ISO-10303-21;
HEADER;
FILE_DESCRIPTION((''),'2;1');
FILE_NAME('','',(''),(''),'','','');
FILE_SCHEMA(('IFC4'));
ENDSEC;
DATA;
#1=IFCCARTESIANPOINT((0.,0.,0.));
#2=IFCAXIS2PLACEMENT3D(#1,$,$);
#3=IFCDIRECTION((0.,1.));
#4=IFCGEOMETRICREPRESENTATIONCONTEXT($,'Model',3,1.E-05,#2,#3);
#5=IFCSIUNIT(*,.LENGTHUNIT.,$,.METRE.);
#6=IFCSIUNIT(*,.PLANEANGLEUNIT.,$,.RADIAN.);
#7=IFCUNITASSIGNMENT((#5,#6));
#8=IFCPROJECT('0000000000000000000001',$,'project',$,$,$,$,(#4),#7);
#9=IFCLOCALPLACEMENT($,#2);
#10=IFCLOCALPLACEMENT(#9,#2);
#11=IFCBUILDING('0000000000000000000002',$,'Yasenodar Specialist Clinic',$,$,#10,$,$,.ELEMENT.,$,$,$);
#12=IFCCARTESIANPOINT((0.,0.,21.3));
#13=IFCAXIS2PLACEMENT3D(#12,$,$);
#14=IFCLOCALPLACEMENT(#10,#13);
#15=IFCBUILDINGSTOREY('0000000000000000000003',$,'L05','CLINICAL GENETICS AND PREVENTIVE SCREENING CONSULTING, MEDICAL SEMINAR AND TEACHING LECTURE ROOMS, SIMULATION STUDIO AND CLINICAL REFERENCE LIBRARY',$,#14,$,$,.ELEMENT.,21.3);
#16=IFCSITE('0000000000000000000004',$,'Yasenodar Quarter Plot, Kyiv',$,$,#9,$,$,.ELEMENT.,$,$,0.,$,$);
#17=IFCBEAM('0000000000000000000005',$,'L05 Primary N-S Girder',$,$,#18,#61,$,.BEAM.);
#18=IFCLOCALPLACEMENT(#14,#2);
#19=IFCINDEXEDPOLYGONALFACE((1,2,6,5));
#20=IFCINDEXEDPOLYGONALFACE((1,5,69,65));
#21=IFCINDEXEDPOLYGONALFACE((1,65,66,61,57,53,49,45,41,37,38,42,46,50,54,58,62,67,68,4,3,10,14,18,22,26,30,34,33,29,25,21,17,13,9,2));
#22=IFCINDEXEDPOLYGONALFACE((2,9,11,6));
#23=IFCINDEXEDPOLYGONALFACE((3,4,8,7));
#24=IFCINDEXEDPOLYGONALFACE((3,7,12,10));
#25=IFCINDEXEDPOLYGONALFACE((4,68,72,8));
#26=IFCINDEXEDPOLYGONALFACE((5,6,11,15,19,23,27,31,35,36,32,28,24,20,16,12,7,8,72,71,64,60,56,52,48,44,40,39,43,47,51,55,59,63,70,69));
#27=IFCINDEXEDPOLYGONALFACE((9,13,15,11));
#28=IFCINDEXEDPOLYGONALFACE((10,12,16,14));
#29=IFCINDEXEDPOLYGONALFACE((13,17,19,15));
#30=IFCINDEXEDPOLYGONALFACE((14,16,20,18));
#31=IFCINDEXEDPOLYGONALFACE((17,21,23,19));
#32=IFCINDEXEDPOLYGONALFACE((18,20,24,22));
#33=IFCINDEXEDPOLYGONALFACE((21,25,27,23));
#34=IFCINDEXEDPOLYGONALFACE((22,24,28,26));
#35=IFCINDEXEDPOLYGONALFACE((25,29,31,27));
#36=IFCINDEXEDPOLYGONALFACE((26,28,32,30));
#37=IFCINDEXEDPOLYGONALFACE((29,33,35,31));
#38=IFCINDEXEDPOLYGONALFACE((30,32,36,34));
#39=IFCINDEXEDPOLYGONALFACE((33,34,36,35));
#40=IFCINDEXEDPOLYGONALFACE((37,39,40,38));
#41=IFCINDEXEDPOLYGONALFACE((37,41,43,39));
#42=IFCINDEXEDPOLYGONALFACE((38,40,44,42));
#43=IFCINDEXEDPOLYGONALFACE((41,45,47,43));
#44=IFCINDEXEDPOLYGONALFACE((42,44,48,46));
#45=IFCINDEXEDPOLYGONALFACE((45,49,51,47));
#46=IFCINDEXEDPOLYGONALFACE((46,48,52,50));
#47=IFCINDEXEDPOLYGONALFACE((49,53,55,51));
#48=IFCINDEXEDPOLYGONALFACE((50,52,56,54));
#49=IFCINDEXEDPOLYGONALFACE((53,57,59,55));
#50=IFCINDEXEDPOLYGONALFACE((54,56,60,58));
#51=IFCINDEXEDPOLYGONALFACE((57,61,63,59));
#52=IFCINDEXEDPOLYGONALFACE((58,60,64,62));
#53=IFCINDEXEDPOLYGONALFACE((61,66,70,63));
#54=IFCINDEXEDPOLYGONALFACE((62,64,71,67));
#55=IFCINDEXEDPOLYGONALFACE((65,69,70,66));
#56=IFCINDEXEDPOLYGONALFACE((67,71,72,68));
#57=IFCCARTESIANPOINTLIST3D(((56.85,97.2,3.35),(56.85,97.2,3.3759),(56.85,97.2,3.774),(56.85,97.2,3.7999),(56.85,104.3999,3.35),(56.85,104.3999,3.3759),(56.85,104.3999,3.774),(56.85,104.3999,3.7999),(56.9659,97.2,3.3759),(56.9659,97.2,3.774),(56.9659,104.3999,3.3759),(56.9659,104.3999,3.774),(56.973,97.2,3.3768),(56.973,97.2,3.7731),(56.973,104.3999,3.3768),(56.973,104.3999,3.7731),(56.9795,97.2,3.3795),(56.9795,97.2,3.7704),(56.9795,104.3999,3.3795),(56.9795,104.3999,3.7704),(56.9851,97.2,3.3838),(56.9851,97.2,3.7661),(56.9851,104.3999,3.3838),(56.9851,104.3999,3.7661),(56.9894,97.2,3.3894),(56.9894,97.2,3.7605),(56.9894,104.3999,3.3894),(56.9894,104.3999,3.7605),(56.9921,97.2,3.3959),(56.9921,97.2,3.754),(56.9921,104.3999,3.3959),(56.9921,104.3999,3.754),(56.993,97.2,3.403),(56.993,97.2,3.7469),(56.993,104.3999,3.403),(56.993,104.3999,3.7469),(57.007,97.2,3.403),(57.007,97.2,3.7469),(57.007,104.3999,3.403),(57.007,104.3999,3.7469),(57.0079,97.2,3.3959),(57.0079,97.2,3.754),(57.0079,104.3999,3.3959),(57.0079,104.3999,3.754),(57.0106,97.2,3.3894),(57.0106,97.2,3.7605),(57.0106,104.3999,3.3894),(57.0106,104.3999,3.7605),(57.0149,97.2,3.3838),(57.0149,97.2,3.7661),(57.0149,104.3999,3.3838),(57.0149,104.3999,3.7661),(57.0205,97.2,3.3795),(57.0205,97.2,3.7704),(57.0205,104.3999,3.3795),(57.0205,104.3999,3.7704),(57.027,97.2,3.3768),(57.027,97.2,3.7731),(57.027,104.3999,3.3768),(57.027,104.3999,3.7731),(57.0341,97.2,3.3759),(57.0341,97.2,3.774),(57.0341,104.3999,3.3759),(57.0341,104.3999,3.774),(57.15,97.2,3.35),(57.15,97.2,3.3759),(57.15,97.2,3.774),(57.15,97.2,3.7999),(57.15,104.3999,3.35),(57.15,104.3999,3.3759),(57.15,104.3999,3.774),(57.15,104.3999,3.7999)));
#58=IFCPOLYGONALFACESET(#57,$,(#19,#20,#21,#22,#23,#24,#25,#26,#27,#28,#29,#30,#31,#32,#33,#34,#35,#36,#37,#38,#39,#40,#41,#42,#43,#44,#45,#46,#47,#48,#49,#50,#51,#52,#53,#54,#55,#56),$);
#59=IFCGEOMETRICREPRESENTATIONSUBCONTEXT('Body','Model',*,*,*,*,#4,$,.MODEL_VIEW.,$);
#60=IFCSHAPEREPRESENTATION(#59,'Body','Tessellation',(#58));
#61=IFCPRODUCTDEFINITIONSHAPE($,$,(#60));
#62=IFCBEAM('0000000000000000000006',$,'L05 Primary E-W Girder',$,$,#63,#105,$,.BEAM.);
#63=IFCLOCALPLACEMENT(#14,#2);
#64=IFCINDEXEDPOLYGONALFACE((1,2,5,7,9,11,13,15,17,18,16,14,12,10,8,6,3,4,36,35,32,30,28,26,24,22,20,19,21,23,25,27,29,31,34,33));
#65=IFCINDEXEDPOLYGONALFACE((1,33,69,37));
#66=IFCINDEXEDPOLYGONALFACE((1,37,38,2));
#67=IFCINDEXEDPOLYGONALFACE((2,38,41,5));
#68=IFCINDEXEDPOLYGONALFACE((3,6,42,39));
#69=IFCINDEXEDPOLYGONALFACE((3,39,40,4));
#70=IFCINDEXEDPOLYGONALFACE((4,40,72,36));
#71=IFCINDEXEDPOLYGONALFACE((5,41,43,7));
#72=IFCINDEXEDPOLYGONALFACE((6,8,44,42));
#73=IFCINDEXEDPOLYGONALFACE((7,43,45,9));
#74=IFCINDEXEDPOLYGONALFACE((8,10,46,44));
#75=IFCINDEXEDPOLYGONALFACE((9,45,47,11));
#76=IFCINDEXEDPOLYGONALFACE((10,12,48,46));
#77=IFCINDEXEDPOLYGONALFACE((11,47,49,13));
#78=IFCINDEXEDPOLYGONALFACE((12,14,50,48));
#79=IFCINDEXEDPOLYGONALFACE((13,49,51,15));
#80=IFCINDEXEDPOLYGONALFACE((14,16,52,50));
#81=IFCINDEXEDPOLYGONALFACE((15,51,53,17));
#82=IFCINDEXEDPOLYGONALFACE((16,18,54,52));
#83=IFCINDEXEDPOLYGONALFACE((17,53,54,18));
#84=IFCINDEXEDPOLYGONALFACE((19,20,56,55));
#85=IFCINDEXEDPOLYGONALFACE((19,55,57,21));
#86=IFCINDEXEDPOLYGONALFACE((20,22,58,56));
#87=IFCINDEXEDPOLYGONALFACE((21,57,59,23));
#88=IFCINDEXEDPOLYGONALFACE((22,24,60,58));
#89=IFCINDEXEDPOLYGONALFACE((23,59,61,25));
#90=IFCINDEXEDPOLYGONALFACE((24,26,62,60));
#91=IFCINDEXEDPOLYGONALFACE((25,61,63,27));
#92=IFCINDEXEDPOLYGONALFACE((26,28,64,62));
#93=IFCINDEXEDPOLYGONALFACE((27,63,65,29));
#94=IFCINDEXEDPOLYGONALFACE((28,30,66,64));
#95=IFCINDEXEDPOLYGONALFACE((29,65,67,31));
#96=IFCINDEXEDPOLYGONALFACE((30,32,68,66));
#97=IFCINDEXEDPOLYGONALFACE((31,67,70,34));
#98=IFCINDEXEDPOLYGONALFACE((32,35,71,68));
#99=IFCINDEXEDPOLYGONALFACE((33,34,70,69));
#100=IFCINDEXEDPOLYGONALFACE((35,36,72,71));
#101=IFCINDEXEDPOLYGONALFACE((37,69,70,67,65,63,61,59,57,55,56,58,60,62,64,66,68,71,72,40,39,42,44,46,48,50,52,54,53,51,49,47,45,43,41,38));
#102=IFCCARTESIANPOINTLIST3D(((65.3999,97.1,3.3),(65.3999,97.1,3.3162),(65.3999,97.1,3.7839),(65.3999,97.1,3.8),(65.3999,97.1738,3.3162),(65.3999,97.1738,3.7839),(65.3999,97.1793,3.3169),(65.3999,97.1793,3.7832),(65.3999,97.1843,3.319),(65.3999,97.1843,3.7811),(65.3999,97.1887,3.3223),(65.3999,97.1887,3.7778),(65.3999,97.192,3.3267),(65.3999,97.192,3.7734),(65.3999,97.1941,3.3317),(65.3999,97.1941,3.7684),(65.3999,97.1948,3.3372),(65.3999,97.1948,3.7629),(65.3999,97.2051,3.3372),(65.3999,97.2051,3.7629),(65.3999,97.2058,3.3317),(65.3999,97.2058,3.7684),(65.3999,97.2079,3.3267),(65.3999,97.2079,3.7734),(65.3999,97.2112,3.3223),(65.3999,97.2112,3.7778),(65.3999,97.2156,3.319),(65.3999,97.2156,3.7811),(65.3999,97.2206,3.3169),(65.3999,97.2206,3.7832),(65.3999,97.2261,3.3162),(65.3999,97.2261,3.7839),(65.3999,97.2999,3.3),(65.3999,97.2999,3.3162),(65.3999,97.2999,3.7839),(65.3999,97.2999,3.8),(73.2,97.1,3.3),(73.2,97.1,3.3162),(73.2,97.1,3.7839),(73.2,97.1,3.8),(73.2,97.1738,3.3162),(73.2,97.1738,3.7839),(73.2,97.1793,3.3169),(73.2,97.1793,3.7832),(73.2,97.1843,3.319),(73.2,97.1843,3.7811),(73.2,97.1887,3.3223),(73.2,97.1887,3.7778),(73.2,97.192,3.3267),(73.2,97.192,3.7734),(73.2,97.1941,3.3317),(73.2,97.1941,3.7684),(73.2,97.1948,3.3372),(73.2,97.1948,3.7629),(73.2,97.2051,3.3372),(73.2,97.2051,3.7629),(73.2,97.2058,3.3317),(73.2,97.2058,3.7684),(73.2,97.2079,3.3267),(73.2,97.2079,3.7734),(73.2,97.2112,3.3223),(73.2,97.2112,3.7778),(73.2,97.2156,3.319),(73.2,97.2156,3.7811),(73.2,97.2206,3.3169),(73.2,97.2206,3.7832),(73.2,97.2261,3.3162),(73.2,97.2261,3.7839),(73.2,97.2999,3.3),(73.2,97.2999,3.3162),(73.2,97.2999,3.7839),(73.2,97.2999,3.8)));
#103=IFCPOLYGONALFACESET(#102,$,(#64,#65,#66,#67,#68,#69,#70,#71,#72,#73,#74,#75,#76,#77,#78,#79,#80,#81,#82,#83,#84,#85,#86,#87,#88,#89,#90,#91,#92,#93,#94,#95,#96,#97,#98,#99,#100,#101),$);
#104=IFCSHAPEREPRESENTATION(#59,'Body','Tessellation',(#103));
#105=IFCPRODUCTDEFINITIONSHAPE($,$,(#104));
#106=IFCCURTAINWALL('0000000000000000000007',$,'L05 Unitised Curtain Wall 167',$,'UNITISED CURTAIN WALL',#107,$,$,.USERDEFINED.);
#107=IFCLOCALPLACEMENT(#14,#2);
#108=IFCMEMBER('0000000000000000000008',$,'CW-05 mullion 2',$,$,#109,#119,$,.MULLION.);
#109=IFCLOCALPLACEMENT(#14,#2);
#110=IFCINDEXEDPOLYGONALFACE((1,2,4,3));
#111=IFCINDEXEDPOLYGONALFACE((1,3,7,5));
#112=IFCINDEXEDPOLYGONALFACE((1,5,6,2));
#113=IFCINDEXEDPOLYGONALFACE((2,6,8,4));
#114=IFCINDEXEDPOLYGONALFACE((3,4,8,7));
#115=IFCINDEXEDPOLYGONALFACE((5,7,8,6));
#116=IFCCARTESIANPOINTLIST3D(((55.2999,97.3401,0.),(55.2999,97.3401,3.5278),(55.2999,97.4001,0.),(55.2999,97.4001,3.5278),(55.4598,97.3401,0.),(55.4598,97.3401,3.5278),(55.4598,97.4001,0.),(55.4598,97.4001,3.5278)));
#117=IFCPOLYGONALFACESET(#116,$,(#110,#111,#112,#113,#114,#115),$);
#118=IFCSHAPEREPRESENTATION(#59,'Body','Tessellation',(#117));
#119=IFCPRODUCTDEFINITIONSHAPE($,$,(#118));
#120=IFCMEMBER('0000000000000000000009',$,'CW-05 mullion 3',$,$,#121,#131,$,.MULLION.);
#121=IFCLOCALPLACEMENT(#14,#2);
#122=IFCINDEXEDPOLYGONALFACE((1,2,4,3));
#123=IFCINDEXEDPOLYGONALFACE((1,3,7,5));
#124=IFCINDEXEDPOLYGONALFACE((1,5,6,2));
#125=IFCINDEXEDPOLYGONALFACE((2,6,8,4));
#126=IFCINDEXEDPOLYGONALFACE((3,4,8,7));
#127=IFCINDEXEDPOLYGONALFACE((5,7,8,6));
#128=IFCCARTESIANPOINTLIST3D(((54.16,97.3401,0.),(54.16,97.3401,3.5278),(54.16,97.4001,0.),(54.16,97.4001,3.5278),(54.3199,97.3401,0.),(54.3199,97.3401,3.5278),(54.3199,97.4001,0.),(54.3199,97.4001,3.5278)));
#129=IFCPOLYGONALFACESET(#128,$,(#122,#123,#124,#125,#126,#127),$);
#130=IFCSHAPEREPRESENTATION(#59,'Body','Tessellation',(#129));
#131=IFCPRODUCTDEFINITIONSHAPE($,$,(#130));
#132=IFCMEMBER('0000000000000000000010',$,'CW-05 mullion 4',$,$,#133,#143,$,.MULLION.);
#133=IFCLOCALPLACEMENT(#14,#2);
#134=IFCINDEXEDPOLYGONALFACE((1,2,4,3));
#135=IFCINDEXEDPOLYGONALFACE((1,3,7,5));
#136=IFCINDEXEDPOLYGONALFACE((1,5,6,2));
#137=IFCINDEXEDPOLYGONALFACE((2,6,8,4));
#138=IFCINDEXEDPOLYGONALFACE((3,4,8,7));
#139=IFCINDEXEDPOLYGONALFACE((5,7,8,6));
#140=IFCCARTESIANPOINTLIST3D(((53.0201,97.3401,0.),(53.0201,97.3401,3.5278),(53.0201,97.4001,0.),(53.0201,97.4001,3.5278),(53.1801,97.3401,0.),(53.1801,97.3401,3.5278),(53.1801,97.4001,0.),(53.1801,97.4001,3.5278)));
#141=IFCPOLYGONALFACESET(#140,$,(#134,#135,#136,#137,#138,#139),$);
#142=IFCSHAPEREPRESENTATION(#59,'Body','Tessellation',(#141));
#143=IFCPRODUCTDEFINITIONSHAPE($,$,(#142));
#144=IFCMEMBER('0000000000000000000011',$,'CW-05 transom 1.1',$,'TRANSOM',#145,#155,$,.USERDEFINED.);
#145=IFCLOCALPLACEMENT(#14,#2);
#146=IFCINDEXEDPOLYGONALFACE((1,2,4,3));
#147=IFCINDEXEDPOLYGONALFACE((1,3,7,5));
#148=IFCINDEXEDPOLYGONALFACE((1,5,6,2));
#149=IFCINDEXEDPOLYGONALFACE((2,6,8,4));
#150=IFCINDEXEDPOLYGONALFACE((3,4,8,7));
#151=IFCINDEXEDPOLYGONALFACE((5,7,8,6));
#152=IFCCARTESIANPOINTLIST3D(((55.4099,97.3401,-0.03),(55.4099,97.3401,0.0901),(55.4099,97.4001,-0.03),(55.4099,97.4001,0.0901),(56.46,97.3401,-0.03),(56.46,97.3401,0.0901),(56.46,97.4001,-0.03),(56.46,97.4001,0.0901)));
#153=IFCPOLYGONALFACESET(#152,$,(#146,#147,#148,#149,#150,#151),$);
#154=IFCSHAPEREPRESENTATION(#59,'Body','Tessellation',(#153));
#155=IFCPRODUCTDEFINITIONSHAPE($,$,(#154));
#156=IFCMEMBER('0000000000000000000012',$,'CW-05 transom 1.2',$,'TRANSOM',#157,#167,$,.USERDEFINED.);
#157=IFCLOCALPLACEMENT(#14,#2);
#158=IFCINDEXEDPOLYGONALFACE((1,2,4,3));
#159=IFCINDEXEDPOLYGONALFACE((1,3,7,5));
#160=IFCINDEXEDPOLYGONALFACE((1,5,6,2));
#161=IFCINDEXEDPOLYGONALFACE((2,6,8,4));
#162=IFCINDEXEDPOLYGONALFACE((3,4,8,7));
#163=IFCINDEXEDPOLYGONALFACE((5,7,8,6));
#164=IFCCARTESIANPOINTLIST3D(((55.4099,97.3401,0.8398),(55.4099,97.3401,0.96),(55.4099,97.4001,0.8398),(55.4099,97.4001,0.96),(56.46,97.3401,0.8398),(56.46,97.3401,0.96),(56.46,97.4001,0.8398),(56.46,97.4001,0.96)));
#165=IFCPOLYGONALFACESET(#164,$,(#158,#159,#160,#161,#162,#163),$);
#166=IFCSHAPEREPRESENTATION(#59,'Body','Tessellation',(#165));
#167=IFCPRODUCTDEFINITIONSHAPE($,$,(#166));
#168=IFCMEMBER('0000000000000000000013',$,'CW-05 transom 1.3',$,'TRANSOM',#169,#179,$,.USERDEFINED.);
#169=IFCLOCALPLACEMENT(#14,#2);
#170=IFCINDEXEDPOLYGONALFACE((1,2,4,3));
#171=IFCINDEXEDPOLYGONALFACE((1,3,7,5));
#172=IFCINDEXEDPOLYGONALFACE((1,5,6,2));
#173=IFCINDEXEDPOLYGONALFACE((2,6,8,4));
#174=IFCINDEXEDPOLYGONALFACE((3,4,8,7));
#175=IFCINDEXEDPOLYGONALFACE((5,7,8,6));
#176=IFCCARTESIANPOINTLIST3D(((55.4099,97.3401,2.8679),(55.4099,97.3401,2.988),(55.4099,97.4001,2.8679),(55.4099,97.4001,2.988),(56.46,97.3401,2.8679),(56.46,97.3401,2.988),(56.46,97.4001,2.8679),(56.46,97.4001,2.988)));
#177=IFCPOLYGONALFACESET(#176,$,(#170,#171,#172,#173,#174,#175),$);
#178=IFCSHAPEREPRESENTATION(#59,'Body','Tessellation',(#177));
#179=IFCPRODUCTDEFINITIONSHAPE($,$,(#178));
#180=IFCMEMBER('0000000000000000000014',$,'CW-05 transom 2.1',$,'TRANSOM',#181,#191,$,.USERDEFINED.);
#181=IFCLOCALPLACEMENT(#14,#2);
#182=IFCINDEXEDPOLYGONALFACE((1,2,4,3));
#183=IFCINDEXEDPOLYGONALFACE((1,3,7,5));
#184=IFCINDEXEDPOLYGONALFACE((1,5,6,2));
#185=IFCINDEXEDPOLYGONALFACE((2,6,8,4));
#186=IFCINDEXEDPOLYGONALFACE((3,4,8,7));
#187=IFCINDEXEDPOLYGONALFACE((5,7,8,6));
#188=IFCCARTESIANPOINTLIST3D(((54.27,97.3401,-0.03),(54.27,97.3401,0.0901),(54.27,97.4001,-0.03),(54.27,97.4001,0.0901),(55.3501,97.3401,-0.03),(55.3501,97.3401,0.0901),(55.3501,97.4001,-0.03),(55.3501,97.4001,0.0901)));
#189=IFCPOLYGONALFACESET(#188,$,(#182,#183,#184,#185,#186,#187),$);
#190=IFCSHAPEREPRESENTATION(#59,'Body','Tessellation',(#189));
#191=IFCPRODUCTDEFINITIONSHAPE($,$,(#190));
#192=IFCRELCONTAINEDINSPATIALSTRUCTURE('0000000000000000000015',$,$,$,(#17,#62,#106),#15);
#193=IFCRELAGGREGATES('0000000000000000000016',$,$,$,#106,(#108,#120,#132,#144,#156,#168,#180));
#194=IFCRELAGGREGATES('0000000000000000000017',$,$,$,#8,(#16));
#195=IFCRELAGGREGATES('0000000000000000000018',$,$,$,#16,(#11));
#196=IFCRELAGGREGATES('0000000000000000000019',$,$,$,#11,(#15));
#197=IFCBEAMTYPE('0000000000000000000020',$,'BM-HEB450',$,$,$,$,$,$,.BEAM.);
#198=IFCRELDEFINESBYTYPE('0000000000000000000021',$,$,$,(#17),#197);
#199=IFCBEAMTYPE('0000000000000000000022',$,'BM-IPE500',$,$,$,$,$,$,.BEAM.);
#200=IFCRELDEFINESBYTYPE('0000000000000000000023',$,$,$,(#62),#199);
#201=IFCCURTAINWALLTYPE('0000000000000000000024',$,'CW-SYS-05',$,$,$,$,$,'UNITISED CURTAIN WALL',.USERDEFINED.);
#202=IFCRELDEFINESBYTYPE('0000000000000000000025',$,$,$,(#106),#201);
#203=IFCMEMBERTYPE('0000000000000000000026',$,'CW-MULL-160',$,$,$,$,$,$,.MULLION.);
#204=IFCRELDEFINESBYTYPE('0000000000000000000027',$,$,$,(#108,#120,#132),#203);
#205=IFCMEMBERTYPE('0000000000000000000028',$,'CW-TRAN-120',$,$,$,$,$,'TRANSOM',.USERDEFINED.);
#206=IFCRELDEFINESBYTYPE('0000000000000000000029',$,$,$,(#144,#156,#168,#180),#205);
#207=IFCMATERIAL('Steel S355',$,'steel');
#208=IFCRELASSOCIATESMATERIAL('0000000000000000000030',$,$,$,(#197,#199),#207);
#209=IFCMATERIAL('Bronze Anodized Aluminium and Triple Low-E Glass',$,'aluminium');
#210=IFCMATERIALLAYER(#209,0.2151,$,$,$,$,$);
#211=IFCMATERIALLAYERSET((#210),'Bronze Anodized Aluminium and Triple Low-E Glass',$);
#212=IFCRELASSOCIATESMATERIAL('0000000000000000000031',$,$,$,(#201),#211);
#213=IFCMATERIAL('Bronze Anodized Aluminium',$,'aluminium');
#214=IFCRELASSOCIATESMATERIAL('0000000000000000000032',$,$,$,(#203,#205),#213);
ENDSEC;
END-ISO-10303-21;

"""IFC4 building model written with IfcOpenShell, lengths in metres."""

from ifc_helpers import new_model, si_unit, direction, frame, origin, origin_2d, place, context, subcontext, project, spatial, rectangle, i_section, extrude, material, layer, layer_set, material_profile, profile_set, type_object, element, aggregate, save


model = new_model("IFC4")

# Units and contexts
model_context = context("Model", 3, precision=1e-05, world=origin(), true_north=direction((0.0, 1.0)))
body_context = subcontext(model_context, "Body", "Model", "MODEL_VIEW")
ifc_project = project(units=[si_unit("LENGTHUNIT", "METRE"), si_unit("PLANEANGLEUNIT", "RADIAN")], contexts=[model_context])

# Site, building, storey
site_placement = place(None, origin())
site = spatial("IfcSite", under=ifc_project, at=site_placement, Name="Yasenodar Quarter Plot, Kyiv", CompositionType="ELEMENT", RefElevation=0.0)
building_placement = place(site_placement, origin())
building = spatial("IfcBuilding", under=site, at=building_placement, Name="Yasenodar Specialist Clinic", CompositionType="ELEMENT")
storey_placement = place(building_placement, frame((0.0, 0.0, 21.3)))
storey = spatial("IfcBuildingStorey", under=building, at=storey_placement, Name="L05", Description="CLINICAL GENETICS AND PREVENTIVE SCREENING CONSULTING, MEDICAL SEMINAR AND TEACHING LECTURE ROOMS, SIMULATION STUDIO AND CLINICAL REFERENCE LIBRARY", CompositionType="ELEMENT", Elevation=21.3)

# Shared definitions
ifc_material_1 = material(Name="Steel S355", Category="steel")

# Beams
ifc_material_profile_1 = material_profile(ifc_material_1, i_section(OverallWidth=0.3, OverallDepth=0.45, WebThickness=0.0139, FlangeThickness=0.0259, FilletRadius=0.0271, at=origin_2d()), Name="HEB 450")
ifc_profile_set_1 = profile_set([ifc_material_profile_1], Name="Steel S355")
beam_type_1 = type_object("IfcBeamType", Name="BM-HEB450", PredefinedType="BEAM", material=ifc_profile_set_1)
beam_1_placement = place(storey_placement, frame((57.0, 97.2, 3.575), z_axis=(0.0, 1.0, 0.0), x_axis=(-1.0, 0.0, 0.0)))
element("IfcBeam", 1, at=beam_1_placement, inside=storey, type_object=beam_type_1, Name="L05 Primary N-S Girder", PredefinedType="BEAM", context=body_context, shape_type="SweptSolid", body=[
    extrude(i_section(OverallWidth=0.3, OverallDepth=0.45, WebThickness=0.0139, FlangeThickness=0.0259, FilletRadius=0.0271, at=origin_2d()), origin(), (0.0, 0.0, 1.0), 7.2),
])
ifc_material_profile_2 = material_profile(ifc_material_1, i_section(OverallWidth=0.2, OverallDepth=0.5, WebThickness=0.0103, FlangeThickness=0.0161, FilletRadius=0.021, at=origin_2d()), Name="IPE 500")
ifc_profile_set_2 = profile_set([ifc_material_profile_2], Name="Steel S355")
beam_type_2 = type_object("IfcBeamType", Name="BM-IPE500", PredefinedType="BEAM", material=ifc_profile_set_2)
beam_2_placement = place(storey_placement, frame((65.3999, 97.2, 3.55), z_axis=(1.0, 0.0, 0.0), x_axis=(0.0, 1.0, 0.0)))
element("IfcBeam", 2, at=beam_2_placement, inside=storey, type_object=beam_type_2, Name="L05 Primary E-W Girder", PredefinedType="BEAM", context=body_context, shape_type="SweptSolid", body=[
    extrude(i_section(OverallWidth=0.2, OverallDepth=0.5, WebThickness=0.0103, FlangeThickness=0.0161, FilletRadius=0.021, at=origin_2d()), origin(), (0.0, 0.0, 1.0), 7.8),
])

# Curtain wall, members
ifc_material_2 = material(Name="Bronze Anodized Aluminium and Triple Low-E Glass", Category="aluminium")
ifc_layer_1 = layer(ifc_material_2, 0.2151)
ifc_layer_set_1 = layer_set([ifc_layer_1], Name="Bronze Anodized Aluminium and Triple Low-E Glass")
curtain_wall_type = type_object("IfcCurtainWallType", Name="CW-SYS-05", ElementType="UNITISED CURTAIN WALL", PredefinedType="USERDEFINED", material=ifc_layer_set_1)
curtain_wall_placement = place(storey_placement, origin())
curtain_wall = element("IfcCurtainWall", 3, at=curtain_wall_placement, inside=storey, type_object=curtain_wall_type, Name="L05 Unitised Curtain Wall 167", ObjectType="UNITISED CURTAIN WALL", PredefinedType="USERDEFINED")
ifc_material_3 = material(Name="Bronze Anodized Aluminium", Category="aluminium")
ifc_material_profile_3 = material_profile(ifc_material_3, rectangle(XDim=0.0601, YDim=0.1599, at=origin_2d()), Name="CW-MULL 60x160")
ifc_profile_set_3 = profile_set([ifc_material_profile_3], Name="Bronze Anodized Aluminium")
member_type_1 = type_object("IfcMemberType", Name="CW-MULL-160", PredefinedType="MULLION", material=ifc_profile_set_3)
member_1_placement = place(storey_placement, frame((55.3799, 97.3701, 0.0), z_axis=(0.0, 0.0, 1.0), x_axis=(0.0, -1.0, 0.0)))
member_1 = element("IfcMember", 4, at=member_1_placement, type_object=member_type_1, Name="CW-05 mullion 2", PredefinedType="MULLION", context=body_context, shape_type="SweptSolid", body=[
    extrude(rectangle(XDim=0.0601, YDim=0.1599, at=origin_2d()), origin(), (0.0, 0.0, 1.0), 3.5278),
])
member_2_placement = place(storey_placement, frame((54.24, 97.3701, 0.0), z_axis=(0.0, 0.0, 1.0), x_axis=(0.0, -1.0, 0.0)))
member_2 = element("IfcMember", 5, at=member_2_placement, type_object=member_type_1, Name="CW-05 mullion 3", PredefinedType="MULLION", context=body_context, shape_type="SweptSolid", body=[
    extrude(rectangle(XDim=0.0601, YDim=0.1599, at=origin_2d()), origin(), (0.0, 0.0, 1.0), 3.5278),
])
member_3_placement = place(storey_placement, frame((53.1001, 97.3701, 0.0), z_axis=(0.0, 0.0, 1.0), x_axis=(0.0, -1.0, 0.0)))
member_3 = element("IfcMember", 6, at=member_3_placement, type_object=member_type_1, Name="CW-05 mullion 4", PredefinedType="MULLION", context=body_context, shape_type="SweptSolid", body=[
    extrude(rectangle(XDim=0.0601, YDim=0.1599, at=origin_2d()), origin(), (0.0, 0.0, 1.0), 3.5278),
])
ifc_material_profile_4 = material_profile(ifc_material_3, rectangle(XDim=0.0601, YDim=0.1201, at=origin_2d()), Name="CW-TRAN 60x120")
ifc_profile_set_4 = profile_set([ifc_material_profile_4], Name="Bronze Anodized Aluminium")
member_type_2 = type_object("IfcMemberType", Name="CW-TRAN-120", ElementType="TRANSOM", PredefinedType="USERDEFINED", material=ifc_profile_set_4)
member_4_placement = place(storey_placement, frame((56.46, 97.3701, 0.03), z_axis=(-1.0, 0.0, 0.0), x_axis=(0.0, -1.0, 0.0)))
member_4 = element("IfcMember", 7, at=member_4_placement, type_object=member_type_2, Name="CW-05 transom 1.1", ObjectType="TRANSOM", PredefinedType="USERDEFINED", context=body_context, shape_type="SweptSolid", body=[
    extrude(rectangle(XDim=0.0601, YDim=0.1201, at=origin_2d()), origin(), (0.0, 0.0, 1.0), 1.05),
])
member_5_placement = place(storey_placement, frame((56.46, 97.3701, 0.8999), z_axis=(-1.0, 0.0, 0.0), x_axis=(0.0, -1.0, 0.0)))
member_5 = element("IfcMember", 8, at=member_5_placement, type_object=member_type_2, Name="CW-05 transom 1.2", ObjectType="TRANSOM", PredefinedType="USERDEFINED", context=body_context, shape_type="SweptSolid", body=[
    extrude(rectangle(XDim=0.0601, YDim=0.1201, at=origin_2d()), origin(), (0.0, 0.0, 1.0), 1.05),
])
member_6_placement = place(storey_placement, frame((56.46, 97.3701, 2.928), z_axis=(-1.0, 0.0, 0.0), x_axis=(0.0, -1.0, 0.0)))
member_6 = element("IfcMember", 9, at=member_6_placement, type_object=member_type_2, Name="CW-05 transom 1.3", ObjectType="TRANSOM", PredefinedType="USERDEFINED", context=body_context, shape_type="SweptSolid", body=[
    extrude(rectangle(XDim=0.0601, YDim=0.1201, at=origin_2d()), origin(), (0.0, 0.0, 1.0), 1.05),
])
member_7_placement = place(storey_placement, frame((55.3501, 97.3701, 0.03), z_axis=(-1.0, 0.0, 0.0), x_axis=(0.0, -1.0, 0.0)))
member_7 = element("IfcMember", 10, at=member_7_placement, type_object=member_type_2, Name="CW-05 transom 2.1", ObjectType="TRANSOM", PredefinedType="USERDEFINED", context=body_context, shape_type="SweptSolid", body=[
    extrude(rectangle(XDim=0.0601, YDim=0.1201, at=origin_2d()), origin(), (0.0, 0.0, 1.0), 1.0801),
])
aggregate(curtain_wall, [member_1, member_2, member_3, member_4, member_5, member_6, member_7])

save(model, "model.ifc")
